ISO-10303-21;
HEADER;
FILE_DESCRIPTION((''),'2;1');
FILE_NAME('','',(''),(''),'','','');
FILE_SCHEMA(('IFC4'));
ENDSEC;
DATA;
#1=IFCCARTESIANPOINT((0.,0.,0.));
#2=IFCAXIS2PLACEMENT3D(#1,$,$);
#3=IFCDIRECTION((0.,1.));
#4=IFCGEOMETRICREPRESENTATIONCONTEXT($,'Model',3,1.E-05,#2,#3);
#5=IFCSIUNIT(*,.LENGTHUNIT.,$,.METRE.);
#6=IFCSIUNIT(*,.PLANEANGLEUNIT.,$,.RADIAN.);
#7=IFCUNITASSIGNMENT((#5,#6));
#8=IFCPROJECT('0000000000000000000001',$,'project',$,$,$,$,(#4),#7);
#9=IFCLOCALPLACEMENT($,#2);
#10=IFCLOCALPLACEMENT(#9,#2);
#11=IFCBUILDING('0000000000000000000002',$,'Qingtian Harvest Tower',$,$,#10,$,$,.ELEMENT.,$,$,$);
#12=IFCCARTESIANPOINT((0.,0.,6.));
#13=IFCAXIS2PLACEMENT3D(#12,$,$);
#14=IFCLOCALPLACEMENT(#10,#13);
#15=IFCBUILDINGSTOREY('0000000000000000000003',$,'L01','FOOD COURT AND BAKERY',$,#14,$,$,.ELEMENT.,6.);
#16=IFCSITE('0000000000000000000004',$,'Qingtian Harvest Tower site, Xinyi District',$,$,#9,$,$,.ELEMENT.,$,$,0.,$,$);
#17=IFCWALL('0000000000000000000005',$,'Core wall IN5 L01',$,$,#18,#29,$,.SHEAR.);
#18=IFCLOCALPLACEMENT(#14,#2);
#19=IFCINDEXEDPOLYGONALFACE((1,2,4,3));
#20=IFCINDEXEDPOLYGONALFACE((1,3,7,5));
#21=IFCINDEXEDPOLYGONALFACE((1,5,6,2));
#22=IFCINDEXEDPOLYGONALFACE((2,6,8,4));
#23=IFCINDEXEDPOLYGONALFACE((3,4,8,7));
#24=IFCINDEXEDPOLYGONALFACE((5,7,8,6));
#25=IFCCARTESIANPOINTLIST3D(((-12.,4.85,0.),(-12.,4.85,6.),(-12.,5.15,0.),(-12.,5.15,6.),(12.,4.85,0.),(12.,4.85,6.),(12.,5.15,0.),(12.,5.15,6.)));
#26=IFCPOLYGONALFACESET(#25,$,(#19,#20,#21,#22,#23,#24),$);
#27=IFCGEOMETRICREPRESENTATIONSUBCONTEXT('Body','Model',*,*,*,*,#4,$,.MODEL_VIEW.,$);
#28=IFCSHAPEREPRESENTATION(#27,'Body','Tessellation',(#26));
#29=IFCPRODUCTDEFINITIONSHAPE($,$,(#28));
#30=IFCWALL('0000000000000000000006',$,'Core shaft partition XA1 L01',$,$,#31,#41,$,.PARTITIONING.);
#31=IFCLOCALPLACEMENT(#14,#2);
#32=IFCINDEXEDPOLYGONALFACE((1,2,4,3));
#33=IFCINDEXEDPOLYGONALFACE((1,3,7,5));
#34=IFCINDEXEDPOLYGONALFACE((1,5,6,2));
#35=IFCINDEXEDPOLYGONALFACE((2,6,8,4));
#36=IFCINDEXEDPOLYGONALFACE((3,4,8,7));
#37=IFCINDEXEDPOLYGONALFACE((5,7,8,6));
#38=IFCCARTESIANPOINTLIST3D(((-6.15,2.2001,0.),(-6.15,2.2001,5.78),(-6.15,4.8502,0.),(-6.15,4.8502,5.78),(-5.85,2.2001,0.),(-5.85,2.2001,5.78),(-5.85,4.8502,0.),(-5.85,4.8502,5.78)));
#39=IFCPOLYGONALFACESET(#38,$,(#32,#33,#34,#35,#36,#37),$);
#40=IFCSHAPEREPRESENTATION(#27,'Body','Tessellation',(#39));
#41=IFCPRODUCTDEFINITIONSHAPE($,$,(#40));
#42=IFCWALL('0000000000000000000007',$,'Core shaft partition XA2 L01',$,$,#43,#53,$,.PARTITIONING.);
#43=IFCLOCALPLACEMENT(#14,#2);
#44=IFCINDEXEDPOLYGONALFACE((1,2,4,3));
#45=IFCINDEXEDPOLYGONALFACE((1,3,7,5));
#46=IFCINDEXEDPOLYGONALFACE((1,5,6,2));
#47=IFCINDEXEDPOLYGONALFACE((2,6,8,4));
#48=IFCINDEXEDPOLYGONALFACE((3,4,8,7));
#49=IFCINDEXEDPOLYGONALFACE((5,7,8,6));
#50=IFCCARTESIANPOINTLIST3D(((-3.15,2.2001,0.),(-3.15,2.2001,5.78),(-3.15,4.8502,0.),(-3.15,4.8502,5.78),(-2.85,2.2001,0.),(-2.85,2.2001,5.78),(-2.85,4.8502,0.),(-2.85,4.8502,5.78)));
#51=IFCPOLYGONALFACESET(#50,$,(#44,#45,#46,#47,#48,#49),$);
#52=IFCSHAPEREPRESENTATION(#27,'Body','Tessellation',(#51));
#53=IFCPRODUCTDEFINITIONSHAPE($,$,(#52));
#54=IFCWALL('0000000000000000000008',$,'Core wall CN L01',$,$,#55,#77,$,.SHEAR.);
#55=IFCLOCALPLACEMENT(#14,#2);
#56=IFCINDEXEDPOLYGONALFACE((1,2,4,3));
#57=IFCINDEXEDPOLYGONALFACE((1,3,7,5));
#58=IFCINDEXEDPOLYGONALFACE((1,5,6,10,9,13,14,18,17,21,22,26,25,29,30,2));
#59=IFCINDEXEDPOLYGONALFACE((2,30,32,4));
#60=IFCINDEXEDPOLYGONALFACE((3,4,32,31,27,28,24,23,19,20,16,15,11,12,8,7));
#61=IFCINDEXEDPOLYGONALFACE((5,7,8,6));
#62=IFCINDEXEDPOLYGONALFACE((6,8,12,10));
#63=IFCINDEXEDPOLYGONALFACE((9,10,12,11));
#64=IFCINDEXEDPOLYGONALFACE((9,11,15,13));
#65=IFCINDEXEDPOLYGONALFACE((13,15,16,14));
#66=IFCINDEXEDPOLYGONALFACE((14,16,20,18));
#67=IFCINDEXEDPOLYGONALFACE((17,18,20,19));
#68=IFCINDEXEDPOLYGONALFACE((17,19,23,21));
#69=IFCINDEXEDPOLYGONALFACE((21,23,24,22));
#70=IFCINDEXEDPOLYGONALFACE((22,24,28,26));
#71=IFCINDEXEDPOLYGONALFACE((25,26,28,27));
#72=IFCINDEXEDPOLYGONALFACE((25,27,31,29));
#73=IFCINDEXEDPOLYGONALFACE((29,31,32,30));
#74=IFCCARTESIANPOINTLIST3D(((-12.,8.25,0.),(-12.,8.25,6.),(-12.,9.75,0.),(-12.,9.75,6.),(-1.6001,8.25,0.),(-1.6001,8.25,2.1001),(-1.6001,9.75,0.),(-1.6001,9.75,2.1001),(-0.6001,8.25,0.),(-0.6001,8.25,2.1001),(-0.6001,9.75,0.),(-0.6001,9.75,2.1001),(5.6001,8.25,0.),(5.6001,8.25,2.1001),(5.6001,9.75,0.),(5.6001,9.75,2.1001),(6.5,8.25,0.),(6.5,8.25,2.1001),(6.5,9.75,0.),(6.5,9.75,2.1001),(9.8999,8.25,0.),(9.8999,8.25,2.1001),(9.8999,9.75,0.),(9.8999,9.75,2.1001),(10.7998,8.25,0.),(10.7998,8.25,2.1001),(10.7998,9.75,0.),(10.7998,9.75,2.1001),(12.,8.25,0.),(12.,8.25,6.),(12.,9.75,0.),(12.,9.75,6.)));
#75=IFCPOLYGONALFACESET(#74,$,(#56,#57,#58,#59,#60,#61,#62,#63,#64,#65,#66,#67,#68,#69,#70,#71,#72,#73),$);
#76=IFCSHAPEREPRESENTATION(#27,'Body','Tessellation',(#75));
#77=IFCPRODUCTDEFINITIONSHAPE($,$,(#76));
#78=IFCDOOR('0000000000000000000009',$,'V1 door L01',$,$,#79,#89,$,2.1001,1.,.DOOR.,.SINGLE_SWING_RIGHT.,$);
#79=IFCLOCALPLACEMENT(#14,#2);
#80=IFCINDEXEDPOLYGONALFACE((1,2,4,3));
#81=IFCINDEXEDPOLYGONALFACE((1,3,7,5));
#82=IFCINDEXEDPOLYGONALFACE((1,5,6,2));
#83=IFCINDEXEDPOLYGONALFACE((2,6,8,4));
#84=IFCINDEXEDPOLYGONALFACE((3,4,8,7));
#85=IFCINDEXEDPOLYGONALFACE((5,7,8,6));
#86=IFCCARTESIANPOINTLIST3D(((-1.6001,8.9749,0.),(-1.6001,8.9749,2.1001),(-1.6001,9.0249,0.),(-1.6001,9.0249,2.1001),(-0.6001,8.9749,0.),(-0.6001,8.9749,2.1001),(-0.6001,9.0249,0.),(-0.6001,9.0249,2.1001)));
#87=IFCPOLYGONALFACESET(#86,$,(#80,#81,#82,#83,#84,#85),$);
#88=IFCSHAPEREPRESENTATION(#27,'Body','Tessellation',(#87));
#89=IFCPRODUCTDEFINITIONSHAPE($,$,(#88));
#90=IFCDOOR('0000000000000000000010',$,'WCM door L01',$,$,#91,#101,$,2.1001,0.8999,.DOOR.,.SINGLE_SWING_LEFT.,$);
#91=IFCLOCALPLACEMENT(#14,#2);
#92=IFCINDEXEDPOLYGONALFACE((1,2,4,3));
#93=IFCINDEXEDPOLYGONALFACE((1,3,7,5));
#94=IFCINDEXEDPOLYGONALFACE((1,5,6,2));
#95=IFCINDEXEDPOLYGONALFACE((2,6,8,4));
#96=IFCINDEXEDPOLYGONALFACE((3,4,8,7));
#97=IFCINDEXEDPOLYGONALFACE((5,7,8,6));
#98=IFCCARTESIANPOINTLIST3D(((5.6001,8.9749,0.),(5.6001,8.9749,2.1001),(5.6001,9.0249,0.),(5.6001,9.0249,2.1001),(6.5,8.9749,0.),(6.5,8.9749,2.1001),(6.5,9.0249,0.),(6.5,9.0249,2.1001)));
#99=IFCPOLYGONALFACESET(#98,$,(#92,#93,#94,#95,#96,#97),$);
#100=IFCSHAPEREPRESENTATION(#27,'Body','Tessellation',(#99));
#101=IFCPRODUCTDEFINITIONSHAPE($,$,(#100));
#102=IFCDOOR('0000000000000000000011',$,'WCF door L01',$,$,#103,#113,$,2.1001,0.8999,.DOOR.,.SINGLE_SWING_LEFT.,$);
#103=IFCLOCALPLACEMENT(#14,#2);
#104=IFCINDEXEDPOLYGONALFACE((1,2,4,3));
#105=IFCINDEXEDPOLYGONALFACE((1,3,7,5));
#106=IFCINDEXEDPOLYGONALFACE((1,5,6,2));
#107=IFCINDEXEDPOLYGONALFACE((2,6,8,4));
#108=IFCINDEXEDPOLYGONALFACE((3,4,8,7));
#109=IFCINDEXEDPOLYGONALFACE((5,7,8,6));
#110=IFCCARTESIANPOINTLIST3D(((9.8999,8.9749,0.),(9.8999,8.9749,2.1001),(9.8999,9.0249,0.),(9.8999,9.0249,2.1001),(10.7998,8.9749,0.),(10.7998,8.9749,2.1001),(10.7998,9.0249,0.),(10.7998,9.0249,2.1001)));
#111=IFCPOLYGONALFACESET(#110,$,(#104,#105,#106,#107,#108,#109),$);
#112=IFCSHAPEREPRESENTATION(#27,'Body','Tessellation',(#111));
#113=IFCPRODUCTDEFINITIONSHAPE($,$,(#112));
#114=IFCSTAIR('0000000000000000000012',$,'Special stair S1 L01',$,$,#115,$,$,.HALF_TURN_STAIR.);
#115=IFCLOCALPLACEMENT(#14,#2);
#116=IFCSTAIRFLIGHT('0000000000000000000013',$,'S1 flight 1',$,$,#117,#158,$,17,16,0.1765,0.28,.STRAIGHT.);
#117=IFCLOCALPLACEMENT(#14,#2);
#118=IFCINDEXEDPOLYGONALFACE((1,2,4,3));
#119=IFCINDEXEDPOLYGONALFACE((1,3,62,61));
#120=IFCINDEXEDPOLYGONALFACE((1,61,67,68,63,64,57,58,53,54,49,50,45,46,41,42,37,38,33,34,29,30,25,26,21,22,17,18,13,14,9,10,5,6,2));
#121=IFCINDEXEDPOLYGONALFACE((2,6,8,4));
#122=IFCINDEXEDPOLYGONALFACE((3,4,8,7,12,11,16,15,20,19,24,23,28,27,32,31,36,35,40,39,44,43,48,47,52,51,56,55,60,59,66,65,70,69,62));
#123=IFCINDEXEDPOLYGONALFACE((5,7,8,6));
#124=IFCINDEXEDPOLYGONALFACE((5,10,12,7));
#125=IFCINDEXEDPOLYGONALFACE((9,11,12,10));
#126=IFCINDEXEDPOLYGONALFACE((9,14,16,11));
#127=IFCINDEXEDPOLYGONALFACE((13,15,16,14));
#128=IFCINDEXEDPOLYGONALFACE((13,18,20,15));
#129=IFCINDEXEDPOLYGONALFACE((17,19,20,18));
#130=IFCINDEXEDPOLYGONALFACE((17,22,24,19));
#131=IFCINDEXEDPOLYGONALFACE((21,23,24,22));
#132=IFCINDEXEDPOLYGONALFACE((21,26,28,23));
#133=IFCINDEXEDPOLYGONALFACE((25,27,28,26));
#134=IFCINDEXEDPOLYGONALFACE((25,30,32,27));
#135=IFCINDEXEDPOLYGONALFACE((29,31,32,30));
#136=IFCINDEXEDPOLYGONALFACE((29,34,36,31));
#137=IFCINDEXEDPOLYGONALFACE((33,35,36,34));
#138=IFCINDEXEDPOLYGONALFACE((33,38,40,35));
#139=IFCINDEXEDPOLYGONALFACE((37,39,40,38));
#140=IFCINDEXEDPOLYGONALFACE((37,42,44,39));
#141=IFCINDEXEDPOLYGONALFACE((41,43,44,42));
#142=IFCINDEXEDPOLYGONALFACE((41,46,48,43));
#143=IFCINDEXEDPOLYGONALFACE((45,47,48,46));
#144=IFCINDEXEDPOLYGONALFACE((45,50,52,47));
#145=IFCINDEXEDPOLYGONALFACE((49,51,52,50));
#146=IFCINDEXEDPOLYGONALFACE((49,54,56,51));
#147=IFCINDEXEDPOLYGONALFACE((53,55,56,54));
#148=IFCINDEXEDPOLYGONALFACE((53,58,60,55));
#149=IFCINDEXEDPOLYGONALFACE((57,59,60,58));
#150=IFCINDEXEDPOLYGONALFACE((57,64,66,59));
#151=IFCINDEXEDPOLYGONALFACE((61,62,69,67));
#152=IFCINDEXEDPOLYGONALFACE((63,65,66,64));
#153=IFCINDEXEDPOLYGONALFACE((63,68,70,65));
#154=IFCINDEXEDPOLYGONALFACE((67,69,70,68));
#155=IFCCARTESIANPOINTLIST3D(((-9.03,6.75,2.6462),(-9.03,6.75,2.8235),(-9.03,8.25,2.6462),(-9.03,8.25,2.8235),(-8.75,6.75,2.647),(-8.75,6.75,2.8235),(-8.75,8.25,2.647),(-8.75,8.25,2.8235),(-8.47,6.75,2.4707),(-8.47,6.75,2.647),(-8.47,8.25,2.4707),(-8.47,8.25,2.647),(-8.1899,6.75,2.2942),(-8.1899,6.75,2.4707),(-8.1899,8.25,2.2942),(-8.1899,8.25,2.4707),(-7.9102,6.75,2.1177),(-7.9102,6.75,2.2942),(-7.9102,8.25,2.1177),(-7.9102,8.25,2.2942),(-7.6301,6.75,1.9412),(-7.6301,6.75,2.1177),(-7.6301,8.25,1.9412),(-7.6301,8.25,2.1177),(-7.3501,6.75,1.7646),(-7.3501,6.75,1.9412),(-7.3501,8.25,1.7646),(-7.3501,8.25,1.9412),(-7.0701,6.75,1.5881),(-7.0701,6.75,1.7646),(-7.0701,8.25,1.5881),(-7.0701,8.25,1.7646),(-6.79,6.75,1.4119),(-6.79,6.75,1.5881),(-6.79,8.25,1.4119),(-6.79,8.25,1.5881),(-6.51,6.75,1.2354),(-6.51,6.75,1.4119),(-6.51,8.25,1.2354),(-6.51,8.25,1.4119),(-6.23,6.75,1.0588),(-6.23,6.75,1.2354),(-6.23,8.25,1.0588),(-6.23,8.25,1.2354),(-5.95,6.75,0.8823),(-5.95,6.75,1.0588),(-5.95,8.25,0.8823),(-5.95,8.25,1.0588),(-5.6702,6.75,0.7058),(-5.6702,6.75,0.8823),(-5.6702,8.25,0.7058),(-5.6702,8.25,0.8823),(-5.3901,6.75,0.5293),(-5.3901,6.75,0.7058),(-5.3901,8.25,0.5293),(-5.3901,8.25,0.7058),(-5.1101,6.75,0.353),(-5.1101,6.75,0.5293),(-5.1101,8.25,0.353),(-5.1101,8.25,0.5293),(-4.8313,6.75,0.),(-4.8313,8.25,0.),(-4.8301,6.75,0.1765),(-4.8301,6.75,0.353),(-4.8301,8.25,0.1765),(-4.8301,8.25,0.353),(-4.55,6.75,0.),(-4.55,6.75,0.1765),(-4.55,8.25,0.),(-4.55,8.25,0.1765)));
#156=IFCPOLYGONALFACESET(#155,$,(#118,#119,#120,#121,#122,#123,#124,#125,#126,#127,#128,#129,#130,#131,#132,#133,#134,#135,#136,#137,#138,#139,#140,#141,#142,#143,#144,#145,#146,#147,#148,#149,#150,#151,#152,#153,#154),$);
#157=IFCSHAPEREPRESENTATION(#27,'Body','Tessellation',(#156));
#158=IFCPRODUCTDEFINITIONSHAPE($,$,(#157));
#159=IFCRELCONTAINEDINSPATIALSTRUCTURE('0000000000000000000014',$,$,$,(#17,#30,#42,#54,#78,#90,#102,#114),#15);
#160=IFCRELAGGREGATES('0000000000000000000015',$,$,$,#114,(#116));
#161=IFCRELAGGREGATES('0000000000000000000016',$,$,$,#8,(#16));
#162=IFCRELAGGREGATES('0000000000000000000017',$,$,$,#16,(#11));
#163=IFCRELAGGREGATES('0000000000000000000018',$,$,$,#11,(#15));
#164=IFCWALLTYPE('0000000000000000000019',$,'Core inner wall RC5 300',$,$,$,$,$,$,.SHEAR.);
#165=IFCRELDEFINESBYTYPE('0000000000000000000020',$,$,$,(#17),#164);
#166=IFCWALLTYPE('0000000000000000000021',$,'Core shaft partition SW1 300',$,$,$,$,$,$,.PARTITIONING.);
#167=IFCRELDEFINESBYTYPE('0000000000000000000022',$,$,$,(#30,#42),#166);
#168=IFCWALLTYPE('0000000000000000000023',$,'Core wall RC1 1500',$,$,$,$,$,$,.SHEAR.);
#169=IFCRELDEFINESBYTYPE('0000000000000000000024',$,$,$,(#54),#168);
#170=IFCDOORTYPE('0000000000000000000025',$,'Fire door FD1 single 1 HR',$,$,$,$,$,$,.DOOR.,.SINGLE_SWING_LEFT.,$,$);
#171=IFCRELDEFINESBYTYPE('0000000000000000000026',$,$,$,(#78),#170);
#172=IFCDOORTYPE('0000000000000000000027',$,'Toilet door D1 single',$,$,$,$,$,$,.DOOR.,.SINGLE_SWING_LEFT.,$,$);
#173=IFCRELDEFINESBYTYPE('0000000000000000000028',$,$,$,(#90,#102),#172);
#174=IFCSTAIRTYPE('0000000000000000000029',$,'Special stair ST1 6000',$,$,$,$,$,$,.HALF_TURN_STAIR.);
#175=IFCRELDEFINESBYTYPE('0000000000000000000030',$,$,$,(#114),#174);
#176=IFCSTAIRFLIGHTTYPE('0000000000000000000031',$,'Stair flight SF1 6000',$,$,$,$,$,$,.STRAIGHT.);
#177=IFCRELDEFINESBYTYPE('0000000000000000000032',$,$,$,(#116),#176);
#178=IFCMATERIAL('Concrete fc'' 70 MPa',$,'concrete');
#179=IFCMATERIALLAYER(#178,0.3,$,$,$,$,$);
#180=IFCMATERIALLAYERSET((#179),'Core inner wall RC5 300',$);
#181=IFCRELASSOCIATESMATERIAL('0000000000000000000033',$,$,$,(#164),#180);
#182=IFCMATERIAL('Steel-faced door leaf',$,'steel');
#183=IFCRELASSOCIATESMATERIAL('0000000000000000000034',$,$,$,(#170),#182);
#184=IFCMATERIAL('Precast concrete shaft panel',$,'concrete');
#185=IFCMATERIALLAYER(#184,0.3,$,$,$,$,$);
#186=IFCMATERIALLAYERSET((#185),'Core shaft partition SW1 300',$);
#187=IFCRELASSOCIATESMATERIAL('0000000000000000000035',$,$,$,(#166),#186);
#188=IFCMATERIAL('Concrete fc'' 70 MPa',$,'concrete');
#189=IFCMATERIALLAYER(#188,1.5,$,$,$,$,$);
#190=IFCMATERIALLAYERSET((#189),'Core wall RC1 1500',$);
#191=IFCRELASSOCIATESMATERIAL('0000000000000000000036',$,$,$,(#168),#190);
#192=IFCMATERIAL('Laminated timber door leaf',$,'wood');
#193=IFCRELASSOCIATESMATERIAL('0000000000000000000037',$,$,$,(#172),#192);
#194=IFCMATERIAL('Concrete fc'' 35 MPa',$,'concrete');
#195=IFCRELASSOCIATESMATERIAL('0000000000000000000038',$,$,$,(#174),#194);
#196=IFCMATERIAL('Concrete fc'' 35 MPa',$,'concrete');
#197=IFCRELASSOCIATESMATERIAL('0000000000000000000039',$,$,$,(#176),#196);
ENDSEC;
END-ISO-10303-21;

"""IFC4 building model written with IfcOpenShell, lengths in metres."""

from ifc_helpers import new_model, si_unit, direction, frame, frame_2d, origin, place, context, subcontext, project, spatial, polyline, rectangle, outline, extrude, material, layer, layer_set, type_object, element, fill, aggregate, save


model = new_model("IFC4")

# Units and contexts
model_context = context("Model", 3, precision=1e-05, world=origin(), true_north=direction((0.0, 1.0)))
body_context = subcontext(model_context, "Body", "Model", "MODEL_VIEW")
ifc_project = project(units=[si_unit("LENGTHUNIT", "METRE"), si_unit("PLANEANGLEUNIT", "RADIAN")], contexts=[model_context])

# Site, building, storey
site_placement = place(None, origin())
site = spatial("IfcSite", under=ifc_project, at=site_placement, Name="Qingtian Harvest Tower site, Xinyi District", CompositionType="ELEMENT", RefElevation=0.0)
building_placement = place(site_placement, origin())
building = spatial("IfcBuilding", under=site, at=building_placement, Name="Qingtian Harvest Tower", CompositionType="ELEMENT")
storey_placement = place(building_placement, frame((0.0, 0.0, 6.0)))
storey = spatial("IfcBuildingStorey", under=building, at=storey_placement, Name="L01", Description="FOOD COURT AND BAKERY", CompositionType="ELEMENT", Elevation=6.0)

# Wall
ifc_material_1 = material(Name="Concrete fc' 70 MPa", Category="concrete")
ifc_layer_1 = layer(ifc_material_1, 0.3)
ifc_layer_set_1 = layer_set([ifc_layer_1], Name="Core inner wall RC5 300")
wall_type_1 = type_object("IfcWallType", Name="Core inner wall RC5 300", PredefinedType="SHEAR", material=ifc_layer_set_1)
wall_1_placement = place(storey_placement, frame((-12.0, 5.0, 0.0), z_axis=(0.0, 0.0, 1.0), x_axis=(1.0, 0.0, 0.0)))
element("IfcWall", 1, at=wall_1_placement, inside=storey, type_object=wall_type_1, Name="Core wall IN5 L01", PredefinedType="SHEAR", context=body_context, shape_type="SweptSolid", body=[
    extrude(rectangle(XDim=24.0, YDim=0.3, at=frame_2d((12.0, 0.0))), origin(), (0.0, 0.0, 1.0), 6.0),
])

# Shared definitions
ifc_material_2 = material(Name="Steel-faced door leaf", Category="steel")
door_type_1 = type_object("IfcDoorType", Name="Fire door FD1 single 1 HR", OperationType="SINGLE_SWING_LEFT", PredefinedType="DOOR", material=ifc_material_2)

# Walls
ifc_material_3 = material(Name="Precast concrete shaft panel", Category="concrete")
ifc_layer_2 = layer(ifc_material_3, 0.3)
ifc_layer_set_2 = layer_set([ifc_layer_2], Name="Core shaft partition SW1 300")
wall_type_2 = type_object("IfcWallType", Name="Core shaft partition SW1 300", PredefinedType="PARTITIONING", material=ifc_layer_set_2)
for number, where, z_axis, x_axis, name in (
    (2, (-6.0, 2.2, 0.0), (0.0, 0.0, 1.0), (0.0, 1.0, 0.0), "Core shaft partition XA1 L01"),
    (3, (-3.0, 2.2, 0.0), (0.0, 0.0, 1.0), (0.0, 1.0, 0.0), "Core shaft partition XA2 L01"),
):
    element("IfcWall", number, at=place(storey_placement, frame(where, z_axis=z_axis, x_axis=x_axis)), inside=storey, type_object=wall_type_2, Name=name, PredefinedType="PARTITIONING", context=body_context, shape_type="SweptSolid", body=[
        extrude(rectangle(XDim=2.6501, YDim=0.3, at=frame_2d((1.3252, 0.0))), origin(), (0.0, 0.0, 1.0), 5.78),
    ])

# Wall, openings, doors
ifc_material_4 = material(Name="Concrete fc' 70 MPa", Category="concrete")
ifc_layer_3 = layer(ifc_material_4, 1.5)
ifc_layer_set_3 = layer_set([ifc_layer_3], Name="Core wall RC1 1500")
wall_type_3 = type_object("IfcWallType", Name="Core wall RC1 1500", PredefinedType="SHEAR", material=ifc_layer_set_3)
wall_2_placement = place(storey_placement, frame((-12.0, 9.0, 0.0), z_axis=(0.0, 0.0, 1.0), x_axis=(1.0, 0.0, 0.0)))
wall_2 = element("IfcWall", 4, at=wall_2_placement, inside=storey, type_object=wall_type_3, Name="Core wall CN L01", PredefinedType="SHEAR", context=body_context, shape_type="SweptSolid", body=[
    extrude(rectangle(XDim=24.0, YDim=1.5, at=frame_2d((12.0, 0.0))), origin(), (0.0, 0.0, 1.0), 6.0),
])
opening_1_placement = place(wall_2_placement, frame((10.3999, 0.0, 0.0)))
opening_1 = element("IfcOpeningElement", 5, at=opening_1_placement, cuts=wall_2, PredefinedType="OPENING", context=body_context, shape_type="SweptSolid", body=[
    extrude(rectangle(XDim=1.0, YDim=2.1001, at=frame_2d((0.5, 1.05))), frame((0.0, 0.76, 0.0), z_axis=(0.0, -1.0, 0.0), x_axis=(1.0, 0.0, 0.0)), (0.0, 0.0, 1.0), 1.52),
])
opening_2_placement = place(wall_2_placement, frame((17.6001, 0.0, 0.0)))
opening_2 = element("IfcOpeningElement", 6, at=opening_2_placement, cuts=wall_2, PredefinedType="OPENING", context=body_context, shape_type="SweptSolid", body=[
    extrude(rectangle(XDim=0.8999, YDim=2.1001, at=frame_2d((0.45, 1.05))), frame((0.0, 0.76, 0.0), z_axis=(0.0, -1.0, 0.0), x_axis=(1.0, 0.0, 0.0)), (0.0, 0.0, 1.0), 1.52),
])
opening_3_placement = place(wall_2_placement, frame((21.8999, 0.0, 0.0)))
opening_3 = element("IfcOpeningElement", 7, at=opening_3_placement, cuts=wall_2, PredefinedType="OPENING", context=body_context, shape_type="SweptSolid", body=[
    extrude(rectangle(XDim=0.8999, YDim=2.1001, at=frame_2d((0.45, 1.05))), frame((0.0, 0.76, 0.0), z_axis=(0.0, -1.0, 0.0), x_axis=(1.0, 0.0, 0.0)), (0.0, 0.0, 1.0), 1.52),
])
door_1_placement = place(opening_1_placement, origin())
door_1 = element("IfcDoor", 8, at=door_1_placement, inside=storey, type_object=door_type_1, Name="V1 door L01", OperationType="SINGLE_SWING_RIGHT", OverallHeight=2.1001, OverallWidth=1.0, PredefinedType="DOOR", context=body_context, shape_type="SweptSolid", body=[
    extrude(rectangle(XDim=1.0, YDim=2.1001, at=frame_2d((0.5, 1.05))), frame((0.0, 0.0249, 0.0), z_axis=(0.0, -1.0, 0.0), x_axis=(1.0, 0.0, 0.0)), (0.0, 0.0, 1.0), 0.05),
])
fill(opening_1, door_1)
ifc_material_5 = material(Name="Laminated timber door leaf", Category="wood")
door_type_2 = type_object("IfcDoorType", Name="Toilet door D1 single", OperationType="SINGLE_SWING_LEFT", PredefinedType="DOOR", material=ifc_material_5)
door_2_placement = place(opening_2_placement, origin())
door_2 = element("IfcDoor", 9, at=door_2_placement, inside=storey, type_object=door_type_2, Name="WCM door L01", OperationType="SINGLE_SWING_LEFT", OverallHeight=2.1001, OverallWidth=0.8999, PredefinedType="DOOR", context=body_context, shape_type="SweptSolid", body=[
    extrude(rectangle(XDim=0.8999, YDim=2.1001, at=frame_2d((0.45, 1.05))), frame((0.0, 0.0249, 0.0), z_axis=(0.0, -1.0, 0.0), x_axis=(1.0, 0.0, 0.0)), (0.0, 0.0, 1.0), 0.05),
])
fill(opening_2, door_2)
door_3_placement = place(opening_3_placement, origin())
door_3 = element("IfcDoor", 10, at=door_3_placement, inside=storey, type_object=door_type_2, Name="WCF door L01", OperationType="SINGLE_SWING_LEFT", OverallHeight=2.1001, OverallWidth=0.8999, PredefinedType="DOOR", context=body_context, shape_type="SweptSolid", body=[
    extrude(rectangle(XDim=0.8999, YDim=2.1001, at=frame_2d((0.45, 1.05))), frame((0.0, 0.0249, 0.0), z_axis=(0.0, -1.0, 0.0), x_axis=(1.0, 0.0, 0.0)), (0.0, 0.0, 1.0), 0.05),
])
fill(opening_3, door_3)

# Stair, stair flight
ifc_material_6 = material(Name="Concrete fc' 35 MPa", Category="concrete")
stair_type = type_object("IfcStairType", Name="Special stair ST1 6000", PredefinedType="HALF_TURN_STAIR", material=ifc_material_6)
stair_placement = place(storey_placement, origin())
stair = element("IfcStair", 11, at=stair_placement, inside=storey, type_object=stair_type, Name="Special stair S1 L01", PredefinedType="HALF_TURN_STAIR")
ifc_material_7 = material(Name="Concrete fc' 35 MPa", Category="concrete")
stair_flight_type = type_object("IfcStairFlightType", Name="Stair flight SF1 6000", PredefinedType="STRAIGHT", material=ifc_material_7)
stair_flight_1_placement = place(storey_placement, frame((-4.55, 7.5, 0.0), z_axis=(0.0, 0.0, 1.0), x_axis=(-1.0, 0.0, 0.0)))
stair_flight_1 = element("IfcStairFlight", 12, at=stair_flight_1_placement, type_object=stair_flight_type, Name="S1 flight 1", NumberOfRisers=17, NumberOfTreads=16, PredefinedType="STRAIGHT", RiserHeight=0.1765, TreadLength=0.28, context=body_context, shape_type="SweptSolid", body=[
    extrude(outline(polyline([(0.0, 0.0), (0.0, 0.1765), (0.28, 0.1765), (0.28, 0.353), (0.5601, 0.353), (0.5601, 0.5293), (0.8401, 0.5293), (0.8401, 0.7058), (1.1201, 0.7058), (1.1201, 0.8823), (1.3999, 0.8823), (1.3999, 1.0588), (1.6799, 1.0588), (1.6799, 1.2354), (1.96, 1.2354), (1.96, 1.4119), (2.24, 1.4119), (2.24, 1.5881), (2.52, 1.5881), (2.52, 1.7646), (2.8, 1.7646), (2.8, 1.9412), (3.0801, 1.9412), (3.0801, 2.1177), (3.3601, 2.1177), (3.3601, 2.2942), (3.6399, 2.2942), (3.6399, 2.4707), (3.9199, 2.4707), (3.9199, 2.647), (4.2, 2.647), (4.2, 2.8235), (4.48, 2.8235), (4.48, 3.0), (4.48, 2.6462), (0.2812, 0.0), (0.0, 0.0)])), frame((0.0, 0.75, 0.0), z_axis=(0.0, -1.0, 0.0), x_axis=(1.0, 0.0, 0.0)), (0.0, 0.0, 1.0), 1.5),
])
aggregate(stair, [stair_flight_1])

save(model, "model.ifc")
